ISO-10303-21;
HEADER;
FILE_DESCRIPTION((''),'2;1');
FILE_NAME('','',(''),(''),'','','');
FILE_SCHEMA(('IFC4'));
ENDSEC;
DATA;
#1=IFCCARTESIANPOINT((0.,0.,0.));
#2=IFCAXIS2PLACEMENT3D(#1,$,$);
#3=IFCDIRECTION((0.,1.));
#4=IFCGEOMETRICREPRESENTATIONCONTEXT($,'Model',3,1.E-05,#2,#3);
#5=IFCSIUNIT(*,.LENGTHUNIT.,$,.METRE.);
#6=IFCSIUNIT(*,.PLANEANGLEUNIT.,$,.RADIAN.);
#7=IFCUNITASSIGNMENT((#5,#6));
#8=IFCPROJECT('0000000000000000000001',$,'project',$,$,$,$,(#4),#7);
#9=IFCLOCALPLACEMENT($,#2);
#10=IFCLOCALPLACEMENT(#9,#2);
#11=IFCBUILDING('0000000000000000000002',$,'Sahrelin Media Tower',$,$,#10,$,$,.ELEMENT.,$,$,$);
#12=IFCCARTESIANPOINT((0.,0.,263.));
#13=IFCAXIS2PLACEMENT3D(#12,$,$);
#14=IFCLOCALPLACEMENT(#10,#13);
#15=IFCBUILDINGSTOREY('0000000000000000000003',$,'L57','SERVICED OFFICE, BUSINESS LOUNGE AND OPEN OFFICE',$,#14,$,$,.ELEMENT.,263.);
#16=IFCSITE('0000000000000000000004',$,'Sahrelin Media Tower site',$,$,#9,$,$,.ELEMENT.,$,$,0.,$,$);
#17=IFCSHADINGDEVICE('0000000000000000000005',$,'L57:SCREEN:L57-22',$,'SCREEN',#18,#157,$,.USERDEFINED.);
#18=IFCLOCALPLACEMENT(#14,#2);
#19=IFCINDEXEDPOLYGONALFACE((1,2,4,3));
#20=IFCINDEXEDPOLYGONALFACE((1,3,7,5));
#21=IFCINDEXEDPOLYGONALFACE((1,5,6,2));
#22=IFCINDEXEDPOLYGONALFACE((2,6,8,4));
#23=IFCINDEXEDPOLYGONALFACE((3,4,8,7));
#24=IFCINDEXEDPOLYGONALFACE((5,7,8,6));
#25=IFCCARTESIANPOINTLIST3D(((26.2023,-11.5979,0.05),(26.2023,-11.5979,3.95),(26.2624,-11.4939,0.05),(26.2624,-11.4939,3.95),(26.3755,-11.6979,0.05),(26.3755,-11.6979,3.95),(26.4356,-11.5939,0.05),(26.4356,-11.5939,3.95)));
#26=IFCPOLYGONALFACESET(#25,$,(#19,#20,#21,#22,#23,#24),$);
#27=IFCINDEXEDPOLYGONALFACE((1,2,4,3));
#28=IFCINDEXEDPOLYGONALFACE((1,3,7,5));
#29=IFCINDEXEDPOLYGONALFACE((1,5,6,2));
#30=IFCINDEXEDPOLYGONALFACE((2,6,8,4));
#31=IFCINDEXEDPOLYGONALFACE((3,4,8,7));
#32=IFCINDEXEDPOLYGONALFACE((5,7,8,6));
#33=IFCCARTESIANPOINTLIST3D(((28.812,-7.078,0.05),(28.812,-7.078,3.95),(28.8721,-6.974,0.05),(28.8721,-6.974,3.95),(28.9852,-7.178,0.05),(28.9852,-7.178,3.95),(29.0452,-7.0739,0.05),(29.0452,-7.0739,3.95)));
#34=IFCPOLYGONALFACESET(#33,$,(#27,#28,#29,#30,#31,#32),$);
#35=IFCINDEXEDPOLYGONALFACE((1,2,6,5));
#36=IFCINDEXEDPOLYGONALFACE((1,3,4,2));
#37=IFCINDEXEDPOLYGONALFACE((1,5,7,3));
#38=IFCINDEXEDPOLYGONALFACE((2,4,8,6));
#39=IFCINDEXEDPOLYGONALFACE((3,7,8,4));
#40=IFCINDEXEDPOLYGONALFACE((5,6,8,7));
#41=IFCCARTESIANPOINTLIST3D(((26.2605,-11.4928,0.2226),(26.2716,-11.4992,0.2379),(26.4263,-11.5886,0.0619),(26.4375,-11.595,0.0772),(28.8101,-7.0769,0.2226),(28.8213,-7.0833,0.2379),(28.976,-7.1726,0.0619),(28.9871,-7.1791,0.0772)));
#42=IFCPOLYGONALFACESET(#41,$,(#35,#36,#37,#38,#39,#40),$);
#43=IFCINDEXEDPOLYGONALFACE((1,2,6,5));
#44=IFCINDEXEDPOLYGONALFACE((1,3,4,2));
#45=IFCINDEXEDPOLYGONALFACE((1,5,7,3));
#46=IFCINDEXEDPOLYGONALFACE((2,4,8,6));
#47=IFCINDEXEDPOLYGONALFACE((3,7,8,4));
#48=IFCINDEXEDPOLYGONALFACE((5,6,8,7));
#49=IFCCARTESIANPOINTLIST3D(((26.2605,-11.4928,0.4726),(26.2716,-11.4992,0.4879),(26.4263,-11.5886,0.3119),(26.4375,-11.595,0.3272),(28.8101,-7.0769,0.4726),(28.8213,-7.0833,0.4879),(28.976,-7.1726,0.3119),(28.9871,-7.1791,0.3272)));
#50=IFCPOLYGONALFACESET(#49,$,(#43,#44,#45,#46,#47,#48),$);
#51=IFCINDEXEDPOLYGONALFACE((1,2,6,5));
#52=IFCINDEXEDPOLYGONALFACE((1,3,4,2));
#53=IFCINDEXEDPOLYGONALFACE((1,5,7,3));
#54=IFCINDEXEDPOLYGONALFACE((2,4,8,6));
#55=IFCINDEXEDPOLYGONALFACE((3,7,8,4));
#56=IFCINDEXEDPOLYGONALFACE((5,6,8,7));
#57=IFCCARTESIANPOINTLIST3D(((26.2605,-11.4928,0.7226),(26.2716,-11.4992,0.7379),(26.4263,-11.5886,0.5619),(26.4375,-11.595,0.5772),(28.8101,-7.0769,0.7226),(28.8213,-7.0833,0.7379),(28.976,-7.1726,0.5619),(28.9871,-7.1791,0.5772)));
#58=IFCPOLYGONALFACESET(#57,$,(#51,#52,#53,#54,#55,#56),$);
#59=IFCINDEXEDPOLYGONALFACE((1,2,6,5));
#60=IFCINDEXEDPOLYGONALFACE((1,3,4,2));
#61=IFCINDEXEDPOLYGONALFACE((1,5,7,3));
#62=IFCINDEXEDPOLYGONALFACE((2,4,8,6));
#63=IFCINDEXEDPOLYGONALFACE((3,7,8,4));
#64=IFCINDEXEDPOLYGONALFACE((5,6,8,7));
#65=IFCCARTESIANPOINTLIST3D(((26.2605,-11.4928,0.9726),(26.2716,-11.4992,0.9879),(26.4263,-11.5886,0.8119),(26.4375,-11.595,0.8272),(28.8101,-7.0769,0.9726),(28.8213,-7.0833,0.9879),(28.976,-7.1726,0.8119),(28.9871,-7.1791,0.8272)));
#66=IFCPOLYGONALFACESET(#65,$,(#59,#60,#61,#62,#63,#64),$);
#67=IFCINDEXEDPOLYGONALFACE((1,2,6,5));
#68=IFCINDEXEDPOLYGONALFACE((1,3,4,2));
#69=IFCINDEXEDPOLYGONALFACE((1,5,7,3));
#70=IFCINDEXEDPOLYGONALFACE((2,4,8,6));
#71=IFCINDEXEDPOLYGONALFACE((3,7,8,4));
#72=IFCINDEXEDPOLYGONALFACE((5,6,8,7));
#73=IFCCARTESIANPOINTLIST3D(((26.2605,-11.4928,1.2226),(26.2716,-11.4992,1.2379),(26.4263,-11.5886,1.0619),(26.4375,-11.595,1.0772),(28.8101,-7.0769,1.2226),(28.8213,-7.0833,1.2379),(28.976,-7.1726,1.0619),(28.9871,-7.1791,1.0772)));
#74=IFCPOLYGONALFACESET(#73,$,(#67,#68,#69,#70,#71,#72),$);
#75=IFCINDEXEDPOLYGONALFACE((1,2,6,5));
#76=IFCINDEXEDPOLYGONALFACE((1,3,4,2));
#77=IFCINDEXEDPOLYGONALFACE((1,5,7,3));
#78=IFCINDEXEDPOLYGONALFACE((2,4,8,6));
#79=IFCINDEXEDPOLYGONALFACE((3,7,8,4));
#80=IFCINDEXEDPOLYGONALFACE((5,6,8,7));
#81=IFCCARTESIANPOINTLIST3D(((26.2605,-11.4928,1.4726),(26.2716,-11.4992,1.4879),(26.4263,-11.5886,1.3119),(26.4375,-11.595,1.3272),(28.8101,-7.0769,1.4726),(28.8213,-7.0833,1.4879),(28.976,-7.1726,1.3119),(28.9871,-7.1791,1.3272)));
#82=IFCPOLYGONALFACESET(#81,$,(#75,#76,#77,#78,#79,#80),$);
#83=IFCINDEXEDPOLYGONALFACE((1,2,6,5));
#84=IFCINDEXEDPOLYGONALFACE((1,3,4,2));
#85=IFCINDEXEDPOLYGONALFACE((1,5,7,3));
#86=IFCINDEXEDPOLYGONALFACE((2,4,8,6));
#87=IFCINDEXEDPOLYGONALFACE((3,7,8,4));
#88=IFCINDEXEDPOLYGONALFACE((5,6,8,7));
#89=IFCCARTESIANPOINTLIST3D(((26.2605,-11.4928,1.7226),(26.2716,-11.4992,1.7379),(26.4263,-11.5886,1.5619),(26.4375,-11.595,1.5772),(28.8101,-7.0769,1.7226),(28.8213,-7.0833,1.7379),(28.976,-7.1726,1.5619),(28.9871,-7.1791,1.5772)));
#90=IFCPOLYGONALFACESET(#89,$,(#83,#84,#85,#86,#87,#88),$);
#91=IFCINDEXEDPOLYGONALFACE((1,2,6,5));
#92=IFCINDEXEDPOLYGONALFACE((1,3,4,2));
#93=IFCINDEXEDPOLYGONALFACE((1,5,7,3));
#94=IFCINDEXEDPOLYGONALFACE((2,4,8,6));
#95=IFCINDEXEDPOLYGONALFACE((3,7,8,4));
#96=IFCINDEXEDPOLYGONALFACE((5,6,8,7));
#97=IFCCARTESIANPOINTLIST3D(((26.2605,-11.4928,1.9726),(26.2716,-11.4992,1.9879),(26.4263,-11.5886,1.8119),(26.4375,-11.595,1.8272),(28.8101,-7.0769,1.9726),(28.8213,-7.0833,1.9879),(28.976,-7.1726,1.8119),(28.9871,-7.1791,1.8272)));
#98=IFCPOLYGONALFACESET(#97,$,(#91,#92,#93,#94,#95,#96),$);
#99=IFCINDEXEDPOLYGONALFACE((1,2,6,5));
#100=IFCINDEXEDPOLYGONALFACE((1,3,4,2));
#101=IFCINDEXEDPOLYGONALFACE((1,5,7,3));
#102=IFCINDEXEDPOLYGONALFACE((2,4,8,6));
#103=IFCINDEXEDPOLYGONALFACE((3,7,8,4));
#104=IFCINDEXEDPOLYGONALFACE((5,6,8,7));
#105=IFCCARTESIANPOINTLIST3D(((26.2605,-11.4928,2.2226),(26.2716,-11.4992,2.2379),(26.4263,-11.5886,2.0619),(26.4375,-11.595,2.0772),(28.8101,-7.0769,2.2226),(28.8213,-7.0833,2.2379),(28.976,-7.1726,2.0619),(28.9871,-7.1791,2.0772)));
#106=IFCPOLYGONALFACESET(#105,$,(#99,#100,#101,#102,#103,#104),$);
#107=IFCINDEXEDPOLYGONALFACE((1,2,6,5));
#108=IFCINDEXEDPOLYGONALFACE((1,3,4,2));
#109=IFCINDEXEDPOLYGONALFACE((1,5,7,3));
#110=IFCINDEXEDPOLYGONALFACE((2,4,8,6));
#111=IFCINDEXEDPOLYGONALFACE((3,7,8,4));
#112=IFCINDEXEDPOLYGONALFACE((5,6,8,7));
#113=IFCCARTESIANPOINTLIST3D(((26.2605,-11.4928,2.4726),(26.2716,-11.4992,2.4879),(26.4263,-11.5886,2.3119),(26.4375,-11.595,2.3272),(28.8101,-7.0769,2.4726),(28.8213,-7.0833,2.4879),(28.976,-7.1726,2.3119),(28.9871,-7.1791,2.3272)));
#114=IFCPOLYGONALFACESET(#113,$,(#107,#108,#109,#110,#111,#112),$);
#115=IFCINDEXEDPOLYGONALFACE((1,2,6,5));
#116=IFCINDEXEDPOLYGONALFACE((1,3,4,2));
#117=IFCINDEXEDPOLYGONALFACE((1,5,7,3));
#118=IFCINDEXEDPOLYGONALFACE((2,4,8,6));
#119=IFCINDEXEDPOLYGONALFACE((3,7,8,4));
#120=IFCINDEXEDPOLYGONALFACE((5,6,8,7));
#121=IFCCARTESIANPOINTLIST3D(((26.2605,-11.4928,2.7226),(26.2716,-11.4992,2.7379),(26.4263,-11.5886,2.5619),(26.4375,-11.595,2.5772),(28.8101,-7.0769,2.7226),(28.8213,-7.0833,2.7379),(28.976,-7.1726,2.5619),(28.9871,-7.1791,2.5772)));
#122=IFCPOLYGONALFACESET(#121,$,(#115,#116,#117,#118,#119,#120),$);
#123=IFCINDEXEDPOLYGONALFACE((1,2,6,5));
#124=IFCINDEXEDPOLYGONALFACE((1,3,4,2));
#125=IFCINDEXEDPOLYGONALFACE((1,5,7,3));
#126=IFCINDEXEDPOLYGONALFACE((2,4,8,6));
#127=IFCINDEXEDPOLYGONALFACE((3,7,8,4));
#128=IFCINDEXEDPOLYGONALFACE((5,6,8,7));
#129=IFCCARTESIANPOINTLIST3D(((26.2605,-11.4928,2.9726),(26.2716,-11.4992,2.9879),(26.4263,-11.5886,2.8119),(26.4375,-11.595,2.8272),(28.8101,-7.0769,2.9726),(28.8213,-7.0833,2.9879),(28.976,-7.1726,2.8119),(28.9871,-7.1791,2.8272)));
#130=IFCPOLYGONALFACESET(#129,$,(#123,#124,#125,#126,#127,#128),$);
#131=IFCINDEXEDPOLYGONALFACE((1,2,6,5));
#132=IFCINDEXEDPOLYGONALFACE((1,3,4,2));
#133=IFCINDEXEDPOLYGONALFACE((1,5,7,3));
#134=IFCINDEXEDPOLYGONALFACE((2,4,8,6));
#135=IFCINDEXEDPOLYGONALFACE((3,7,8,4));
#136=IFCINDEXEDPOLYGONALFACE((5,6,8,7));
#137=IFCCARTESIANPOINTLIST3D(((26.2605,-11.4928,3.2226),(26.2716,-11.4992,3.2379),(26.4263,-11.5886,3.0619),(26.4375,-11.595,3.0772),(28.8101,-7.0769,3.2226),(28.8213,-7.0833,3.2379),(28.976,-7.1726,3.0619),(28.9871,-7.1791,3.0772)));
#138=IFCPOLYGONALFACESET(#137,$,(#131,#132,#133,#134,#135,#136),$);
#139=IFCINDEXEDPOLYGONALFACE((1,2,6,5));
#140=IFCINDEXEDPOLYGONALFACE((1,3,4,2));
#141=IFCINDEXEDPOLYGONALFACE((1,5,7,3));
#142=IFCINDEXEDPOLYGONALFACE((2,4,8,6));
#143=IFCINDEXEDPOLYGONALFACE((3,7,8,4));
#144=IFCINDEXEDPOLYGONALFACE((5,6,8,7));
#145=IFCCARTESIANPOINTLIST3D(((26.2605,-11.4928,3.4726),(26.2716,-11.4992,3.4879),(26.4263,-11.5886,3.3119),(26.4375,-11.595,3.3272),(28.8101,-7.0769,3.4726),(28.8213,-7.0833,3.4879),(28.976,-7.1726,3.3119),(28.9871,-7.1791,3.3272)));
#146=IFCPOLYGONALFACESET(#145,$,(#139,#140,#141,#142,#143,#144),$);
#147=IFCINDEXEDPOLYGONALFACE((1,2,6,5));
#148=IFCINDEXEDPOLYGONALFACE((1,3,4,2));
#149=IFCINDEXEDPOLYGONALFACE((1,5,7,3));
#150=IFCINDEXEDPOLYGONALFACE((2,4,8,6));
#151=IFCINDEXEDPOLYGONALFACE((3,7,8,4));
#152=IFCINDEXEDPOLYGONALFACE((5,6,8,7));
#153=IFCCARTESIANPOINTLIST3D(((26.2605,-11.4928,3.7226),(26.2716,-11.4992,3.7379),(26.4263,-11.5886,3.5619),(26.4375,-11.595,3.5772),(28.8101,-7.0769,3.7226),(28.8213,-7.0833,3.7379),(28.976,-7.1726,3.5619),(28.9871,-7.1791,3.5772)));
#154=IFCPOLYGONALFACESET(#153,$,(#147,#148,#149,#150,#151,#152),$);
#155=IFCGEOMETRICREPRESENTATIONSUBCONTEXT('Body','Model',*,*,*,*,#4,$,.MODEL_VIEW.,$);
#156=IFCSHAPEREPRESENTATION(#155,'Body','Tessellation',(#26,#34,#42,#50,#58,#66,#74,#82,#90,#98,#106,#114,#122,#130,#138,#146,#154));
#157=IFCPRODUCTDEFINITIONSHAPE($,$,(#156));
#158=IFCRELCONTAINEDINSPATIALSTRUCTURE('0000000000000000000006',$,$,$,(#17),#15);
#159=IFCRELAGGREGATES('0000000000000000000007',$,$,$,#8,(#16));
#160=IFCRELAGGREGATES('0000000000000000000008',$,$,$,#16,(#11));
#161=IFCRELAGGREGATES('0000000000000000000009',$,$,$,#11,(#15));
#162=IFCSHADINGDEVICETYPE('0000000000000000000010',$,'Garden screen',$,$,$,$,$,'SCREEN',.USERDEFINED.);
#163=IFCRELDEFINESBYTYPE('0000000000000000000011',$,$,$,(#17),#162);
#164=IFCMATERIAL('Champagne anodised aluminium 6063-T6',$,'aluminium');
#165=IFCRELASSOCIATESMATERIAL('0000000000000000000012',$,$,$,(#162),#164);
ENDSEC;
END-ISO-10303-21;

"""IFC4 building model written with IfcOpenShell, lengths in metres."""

from ifc_helpers import new_model, si_unit, direction, frame, origin, origin_2d, place, context, subcontext, project, spatial, rectangle, extrude, material, type_object, element, save


model = new_model("IFC4")

# Units and contexts
model_context = context("Model", 3, precision=1e-05, world=origin(), true_north=direction((0.0, 1.0)))
body_context = subcontext(model_context, "Body", "Model", "MODEL_VIEW")
ifc_project = project(units=[si_unit("LENGTHUNIT", "METRE"), si_unit("PLANEANGLEUNIT", "RADIAN")], contexts=[model_context])

# Site, building, storey
site_placement = place(None, origin())
site = spatial("IfcSite", under=ifc_project, at=site_placement, Name="Sahrelin Media Tower site", CompositionType="ELEMENT", RefElevation=0.0)
building_placement = place(site_placement, origin())
building = spatial("IfcBuilding", under=site, at=building_placement, Name="Sahrelin Media Tower", CompositionType="ELEMENT")
storey_placement = place(building_placement, frame((0.0, 0.0, 263.0)))
storey = spatial("IfcBuildingStorey", under=building, at=storey_placement, Name="L57", Description="SERVICED OFFICE, BUSINESS LOUNGE AND OPEN OFFICE", CompositionType="ELEMENT", Elevation=263.0)

# Shared definitions
ifc_material_1 = material(Name="Champagne anodised aluminium 6063-T6", Category="aluminium")

# Shading device
shading_device_type_1 = type_object("IfcShadingDeviceType", Name="Garden screen", ElementType="SCREEN", PredefinedType="USERDEFINED", material=ifc_material_1)
shading_device_1_placement = place(storey_placement, frame((27.5371, -9.2859, 0.0), z_axis=(0.0, 0.0, 1.0), x_axis=(-0.500011, -0.866019, 0.0)))
element("IfcShadingDevice", 1, at=shading_device_1_placement, inside=storey, type_object=shading_device_type_1, Name="L57:SCREEN:L57-22", ObjectType="SCREEN", PredefinedType="USERDEFINED", context=body_context, shape_type="SweptSolid", body=[
    extrude(rectangle(XDim=0.1201, YDim=0.2, at=origin_2d()), frame((2.6096, 0.1001, 0.05), z_axis=(0.0, 0.0, 1.0), x_axis=(1.0, 0.0, 0.0)), (0.0, 0.0, 1.0), 3.8999),
    extrude(rectangle(XDim=0.1201, YDim=0.2, at=origin_2d()), frame((-2.6096, 0.1001, 0.05), z_axis=(0.0, 0.0, 1.0), x_axis=(1.0, 0.0, 0.0)), (0.0, 0.0, 1.0), 3.8999),
    extrude(rectangle(XDim=0.25, YDim=0.02, at=origin_2d()), frame((2.5496, 0.1001, 0.1499), z_axis=(-1.0, 0.0, 0.0), x_axis=(0.0, -0.766044, 0.642788)), (0.0, 0.0, 1.0), 5.0991),
    extrude(rectangle(XDim=0.25, YDim=0.02, at=origin_2d()), frame((2.5496, 0.1001, 0.3999), z_axis=(-1.0, 0.0, 0.0), x_axis=(0.0, -0.766044, 0.642788)), (0.0, 0.0, 1.0), 5.0991),
    extrude(rectangle(XDim=0.25, YDim=0.02, at=origin_2d()), frame((2.5496, 0.1001, 0.6499), z_axis=(-1.0, 0.0, 0.0), x_axis=(0.0, -0.766044, 0.642788)), (0.0, 0.0, 1.0), 5.0991),
    extrude(rectangle(XDim=0.25, YDim=0.02, at=origin_2d()), frame((2.5496, 0.1001, 0.8999), z_axis=(-1.0, 0.0, 0.0), x_axis=(0.0, -0.766044, 0.642788)), (0.0, 0.0, 1.0), 5.0991),
    extrude(rectangle(XDim=0.25, YDim=0.02, at=origin_2d()), frame((2.5496, 0.1001, 1.1499), z_axis=(-1.0, 0.0, 0.0), x_axis=(0.0, -0.766044, 0.642788)), (0.0, 0.0, 1.0), 5.0991),
    extrude(rectangle(XDim=0.25, YDim=0.02, at=origin_2d()), frame((2.5496, 0.1001, 1.3999), z_axis=(-1.0, 0.0, 0.0), x_axis=(0.0, -0.766044, 0.642788)), (0.0, 0.0, 1.0), 5.0991),
    extrude(rectangle(XDim=0.25, YDim=0.02, at=origin_2d()), frame((2.5496, 0.1001, 1.6499), z_axis=(-1.0, 0.0, 0.0), x_axis=(0.0, -0.766044, 0.642788)), (0.0, 0.0, 1.0), 5.0991),
    extrude(rectangle(XDim=0.25, YDim=0.02, at=origin_2d()), frame((2.5496, 0.1001, 1.8999), z_axis=(-1.0, 0.0, 0.0), x_axis=(0.0, -0.766044, 0.642788)), (0.0, 0.0, 1.0), 5.0991),
    extrude(rectangle(XDim=0.25, YDim=0.02, at=origin_2d()), frame((2.5496, 0.1001, 2.1499), z_axis=(-1.0, 0.0, 0.0), x_axis=(0.0, -0.766044, 0.642788)), (0.0, 0.0, 1.0), 5.0991),
    extrude(rectangle(XDim=0.25, YDim=0.02, at=origin_2d()), frame((2.5496, 0.1001, 2.3999), z_axis=(-1.0, 0.0, 0.0), x_axis=(0.0, -0.766044, 0.642788)), (0.0, 0.0, 1.0), 5.0991),
    extrude(rectangle(XDim=0.25, YDim=0.02, at=origin_2d()), frame((2.5496, 0.1001, 2.6499), z_axis=(-1.0, 0.0, 0.0), x_axis=(0.0, -0.766044, 0.642788)), (0.0, 0.0, 1.0), 5.0991),
    extrude(rectangle(XDim=0.25, YDim=0.02, at=origin_2d()), frame((2.5496, 0.1001, 2.8999), z_axis=(-1.0, 0.0, 0.0), x_axis=(0.0, -0.766044, 0.642788)), (0.0, 0.0, 1.0), 5.0991),
    extrude(rectangle(XDim=0.25, YDim=0.02, at=origin_2d()), frame((2.5496, 0.1001, 3.1499), z_axis=(-1.0, 0.0, 0.0), x_axis=(0.0, -0.766044, 0.642788)), (0.0, 0.0, 1.0), 5.0991),
    extrude(rectangle(XDim=0.25, YDim=0.02, at=origin_2d()), frame((2.5496, 0.1001, 3.3999), z_axis=(-1.0, 0.0, 0.0), x_axis=(0.0, -0.766044, 0.642788)), (0.0, 0.0, 1.0), 5.0991),
    extrude(rectangle(XDim=0.25, YDim=0.02, at=origin_2d()), frame((2.5496, 0.1001, 3.6499), z_axis=(-1.0, 0.0, 0.0), x_axis=(0.0, -0.766044, 0.642788)), (0.0, 0.0, 1.0), 5.0991),
])

save(model, "model.ifc")
